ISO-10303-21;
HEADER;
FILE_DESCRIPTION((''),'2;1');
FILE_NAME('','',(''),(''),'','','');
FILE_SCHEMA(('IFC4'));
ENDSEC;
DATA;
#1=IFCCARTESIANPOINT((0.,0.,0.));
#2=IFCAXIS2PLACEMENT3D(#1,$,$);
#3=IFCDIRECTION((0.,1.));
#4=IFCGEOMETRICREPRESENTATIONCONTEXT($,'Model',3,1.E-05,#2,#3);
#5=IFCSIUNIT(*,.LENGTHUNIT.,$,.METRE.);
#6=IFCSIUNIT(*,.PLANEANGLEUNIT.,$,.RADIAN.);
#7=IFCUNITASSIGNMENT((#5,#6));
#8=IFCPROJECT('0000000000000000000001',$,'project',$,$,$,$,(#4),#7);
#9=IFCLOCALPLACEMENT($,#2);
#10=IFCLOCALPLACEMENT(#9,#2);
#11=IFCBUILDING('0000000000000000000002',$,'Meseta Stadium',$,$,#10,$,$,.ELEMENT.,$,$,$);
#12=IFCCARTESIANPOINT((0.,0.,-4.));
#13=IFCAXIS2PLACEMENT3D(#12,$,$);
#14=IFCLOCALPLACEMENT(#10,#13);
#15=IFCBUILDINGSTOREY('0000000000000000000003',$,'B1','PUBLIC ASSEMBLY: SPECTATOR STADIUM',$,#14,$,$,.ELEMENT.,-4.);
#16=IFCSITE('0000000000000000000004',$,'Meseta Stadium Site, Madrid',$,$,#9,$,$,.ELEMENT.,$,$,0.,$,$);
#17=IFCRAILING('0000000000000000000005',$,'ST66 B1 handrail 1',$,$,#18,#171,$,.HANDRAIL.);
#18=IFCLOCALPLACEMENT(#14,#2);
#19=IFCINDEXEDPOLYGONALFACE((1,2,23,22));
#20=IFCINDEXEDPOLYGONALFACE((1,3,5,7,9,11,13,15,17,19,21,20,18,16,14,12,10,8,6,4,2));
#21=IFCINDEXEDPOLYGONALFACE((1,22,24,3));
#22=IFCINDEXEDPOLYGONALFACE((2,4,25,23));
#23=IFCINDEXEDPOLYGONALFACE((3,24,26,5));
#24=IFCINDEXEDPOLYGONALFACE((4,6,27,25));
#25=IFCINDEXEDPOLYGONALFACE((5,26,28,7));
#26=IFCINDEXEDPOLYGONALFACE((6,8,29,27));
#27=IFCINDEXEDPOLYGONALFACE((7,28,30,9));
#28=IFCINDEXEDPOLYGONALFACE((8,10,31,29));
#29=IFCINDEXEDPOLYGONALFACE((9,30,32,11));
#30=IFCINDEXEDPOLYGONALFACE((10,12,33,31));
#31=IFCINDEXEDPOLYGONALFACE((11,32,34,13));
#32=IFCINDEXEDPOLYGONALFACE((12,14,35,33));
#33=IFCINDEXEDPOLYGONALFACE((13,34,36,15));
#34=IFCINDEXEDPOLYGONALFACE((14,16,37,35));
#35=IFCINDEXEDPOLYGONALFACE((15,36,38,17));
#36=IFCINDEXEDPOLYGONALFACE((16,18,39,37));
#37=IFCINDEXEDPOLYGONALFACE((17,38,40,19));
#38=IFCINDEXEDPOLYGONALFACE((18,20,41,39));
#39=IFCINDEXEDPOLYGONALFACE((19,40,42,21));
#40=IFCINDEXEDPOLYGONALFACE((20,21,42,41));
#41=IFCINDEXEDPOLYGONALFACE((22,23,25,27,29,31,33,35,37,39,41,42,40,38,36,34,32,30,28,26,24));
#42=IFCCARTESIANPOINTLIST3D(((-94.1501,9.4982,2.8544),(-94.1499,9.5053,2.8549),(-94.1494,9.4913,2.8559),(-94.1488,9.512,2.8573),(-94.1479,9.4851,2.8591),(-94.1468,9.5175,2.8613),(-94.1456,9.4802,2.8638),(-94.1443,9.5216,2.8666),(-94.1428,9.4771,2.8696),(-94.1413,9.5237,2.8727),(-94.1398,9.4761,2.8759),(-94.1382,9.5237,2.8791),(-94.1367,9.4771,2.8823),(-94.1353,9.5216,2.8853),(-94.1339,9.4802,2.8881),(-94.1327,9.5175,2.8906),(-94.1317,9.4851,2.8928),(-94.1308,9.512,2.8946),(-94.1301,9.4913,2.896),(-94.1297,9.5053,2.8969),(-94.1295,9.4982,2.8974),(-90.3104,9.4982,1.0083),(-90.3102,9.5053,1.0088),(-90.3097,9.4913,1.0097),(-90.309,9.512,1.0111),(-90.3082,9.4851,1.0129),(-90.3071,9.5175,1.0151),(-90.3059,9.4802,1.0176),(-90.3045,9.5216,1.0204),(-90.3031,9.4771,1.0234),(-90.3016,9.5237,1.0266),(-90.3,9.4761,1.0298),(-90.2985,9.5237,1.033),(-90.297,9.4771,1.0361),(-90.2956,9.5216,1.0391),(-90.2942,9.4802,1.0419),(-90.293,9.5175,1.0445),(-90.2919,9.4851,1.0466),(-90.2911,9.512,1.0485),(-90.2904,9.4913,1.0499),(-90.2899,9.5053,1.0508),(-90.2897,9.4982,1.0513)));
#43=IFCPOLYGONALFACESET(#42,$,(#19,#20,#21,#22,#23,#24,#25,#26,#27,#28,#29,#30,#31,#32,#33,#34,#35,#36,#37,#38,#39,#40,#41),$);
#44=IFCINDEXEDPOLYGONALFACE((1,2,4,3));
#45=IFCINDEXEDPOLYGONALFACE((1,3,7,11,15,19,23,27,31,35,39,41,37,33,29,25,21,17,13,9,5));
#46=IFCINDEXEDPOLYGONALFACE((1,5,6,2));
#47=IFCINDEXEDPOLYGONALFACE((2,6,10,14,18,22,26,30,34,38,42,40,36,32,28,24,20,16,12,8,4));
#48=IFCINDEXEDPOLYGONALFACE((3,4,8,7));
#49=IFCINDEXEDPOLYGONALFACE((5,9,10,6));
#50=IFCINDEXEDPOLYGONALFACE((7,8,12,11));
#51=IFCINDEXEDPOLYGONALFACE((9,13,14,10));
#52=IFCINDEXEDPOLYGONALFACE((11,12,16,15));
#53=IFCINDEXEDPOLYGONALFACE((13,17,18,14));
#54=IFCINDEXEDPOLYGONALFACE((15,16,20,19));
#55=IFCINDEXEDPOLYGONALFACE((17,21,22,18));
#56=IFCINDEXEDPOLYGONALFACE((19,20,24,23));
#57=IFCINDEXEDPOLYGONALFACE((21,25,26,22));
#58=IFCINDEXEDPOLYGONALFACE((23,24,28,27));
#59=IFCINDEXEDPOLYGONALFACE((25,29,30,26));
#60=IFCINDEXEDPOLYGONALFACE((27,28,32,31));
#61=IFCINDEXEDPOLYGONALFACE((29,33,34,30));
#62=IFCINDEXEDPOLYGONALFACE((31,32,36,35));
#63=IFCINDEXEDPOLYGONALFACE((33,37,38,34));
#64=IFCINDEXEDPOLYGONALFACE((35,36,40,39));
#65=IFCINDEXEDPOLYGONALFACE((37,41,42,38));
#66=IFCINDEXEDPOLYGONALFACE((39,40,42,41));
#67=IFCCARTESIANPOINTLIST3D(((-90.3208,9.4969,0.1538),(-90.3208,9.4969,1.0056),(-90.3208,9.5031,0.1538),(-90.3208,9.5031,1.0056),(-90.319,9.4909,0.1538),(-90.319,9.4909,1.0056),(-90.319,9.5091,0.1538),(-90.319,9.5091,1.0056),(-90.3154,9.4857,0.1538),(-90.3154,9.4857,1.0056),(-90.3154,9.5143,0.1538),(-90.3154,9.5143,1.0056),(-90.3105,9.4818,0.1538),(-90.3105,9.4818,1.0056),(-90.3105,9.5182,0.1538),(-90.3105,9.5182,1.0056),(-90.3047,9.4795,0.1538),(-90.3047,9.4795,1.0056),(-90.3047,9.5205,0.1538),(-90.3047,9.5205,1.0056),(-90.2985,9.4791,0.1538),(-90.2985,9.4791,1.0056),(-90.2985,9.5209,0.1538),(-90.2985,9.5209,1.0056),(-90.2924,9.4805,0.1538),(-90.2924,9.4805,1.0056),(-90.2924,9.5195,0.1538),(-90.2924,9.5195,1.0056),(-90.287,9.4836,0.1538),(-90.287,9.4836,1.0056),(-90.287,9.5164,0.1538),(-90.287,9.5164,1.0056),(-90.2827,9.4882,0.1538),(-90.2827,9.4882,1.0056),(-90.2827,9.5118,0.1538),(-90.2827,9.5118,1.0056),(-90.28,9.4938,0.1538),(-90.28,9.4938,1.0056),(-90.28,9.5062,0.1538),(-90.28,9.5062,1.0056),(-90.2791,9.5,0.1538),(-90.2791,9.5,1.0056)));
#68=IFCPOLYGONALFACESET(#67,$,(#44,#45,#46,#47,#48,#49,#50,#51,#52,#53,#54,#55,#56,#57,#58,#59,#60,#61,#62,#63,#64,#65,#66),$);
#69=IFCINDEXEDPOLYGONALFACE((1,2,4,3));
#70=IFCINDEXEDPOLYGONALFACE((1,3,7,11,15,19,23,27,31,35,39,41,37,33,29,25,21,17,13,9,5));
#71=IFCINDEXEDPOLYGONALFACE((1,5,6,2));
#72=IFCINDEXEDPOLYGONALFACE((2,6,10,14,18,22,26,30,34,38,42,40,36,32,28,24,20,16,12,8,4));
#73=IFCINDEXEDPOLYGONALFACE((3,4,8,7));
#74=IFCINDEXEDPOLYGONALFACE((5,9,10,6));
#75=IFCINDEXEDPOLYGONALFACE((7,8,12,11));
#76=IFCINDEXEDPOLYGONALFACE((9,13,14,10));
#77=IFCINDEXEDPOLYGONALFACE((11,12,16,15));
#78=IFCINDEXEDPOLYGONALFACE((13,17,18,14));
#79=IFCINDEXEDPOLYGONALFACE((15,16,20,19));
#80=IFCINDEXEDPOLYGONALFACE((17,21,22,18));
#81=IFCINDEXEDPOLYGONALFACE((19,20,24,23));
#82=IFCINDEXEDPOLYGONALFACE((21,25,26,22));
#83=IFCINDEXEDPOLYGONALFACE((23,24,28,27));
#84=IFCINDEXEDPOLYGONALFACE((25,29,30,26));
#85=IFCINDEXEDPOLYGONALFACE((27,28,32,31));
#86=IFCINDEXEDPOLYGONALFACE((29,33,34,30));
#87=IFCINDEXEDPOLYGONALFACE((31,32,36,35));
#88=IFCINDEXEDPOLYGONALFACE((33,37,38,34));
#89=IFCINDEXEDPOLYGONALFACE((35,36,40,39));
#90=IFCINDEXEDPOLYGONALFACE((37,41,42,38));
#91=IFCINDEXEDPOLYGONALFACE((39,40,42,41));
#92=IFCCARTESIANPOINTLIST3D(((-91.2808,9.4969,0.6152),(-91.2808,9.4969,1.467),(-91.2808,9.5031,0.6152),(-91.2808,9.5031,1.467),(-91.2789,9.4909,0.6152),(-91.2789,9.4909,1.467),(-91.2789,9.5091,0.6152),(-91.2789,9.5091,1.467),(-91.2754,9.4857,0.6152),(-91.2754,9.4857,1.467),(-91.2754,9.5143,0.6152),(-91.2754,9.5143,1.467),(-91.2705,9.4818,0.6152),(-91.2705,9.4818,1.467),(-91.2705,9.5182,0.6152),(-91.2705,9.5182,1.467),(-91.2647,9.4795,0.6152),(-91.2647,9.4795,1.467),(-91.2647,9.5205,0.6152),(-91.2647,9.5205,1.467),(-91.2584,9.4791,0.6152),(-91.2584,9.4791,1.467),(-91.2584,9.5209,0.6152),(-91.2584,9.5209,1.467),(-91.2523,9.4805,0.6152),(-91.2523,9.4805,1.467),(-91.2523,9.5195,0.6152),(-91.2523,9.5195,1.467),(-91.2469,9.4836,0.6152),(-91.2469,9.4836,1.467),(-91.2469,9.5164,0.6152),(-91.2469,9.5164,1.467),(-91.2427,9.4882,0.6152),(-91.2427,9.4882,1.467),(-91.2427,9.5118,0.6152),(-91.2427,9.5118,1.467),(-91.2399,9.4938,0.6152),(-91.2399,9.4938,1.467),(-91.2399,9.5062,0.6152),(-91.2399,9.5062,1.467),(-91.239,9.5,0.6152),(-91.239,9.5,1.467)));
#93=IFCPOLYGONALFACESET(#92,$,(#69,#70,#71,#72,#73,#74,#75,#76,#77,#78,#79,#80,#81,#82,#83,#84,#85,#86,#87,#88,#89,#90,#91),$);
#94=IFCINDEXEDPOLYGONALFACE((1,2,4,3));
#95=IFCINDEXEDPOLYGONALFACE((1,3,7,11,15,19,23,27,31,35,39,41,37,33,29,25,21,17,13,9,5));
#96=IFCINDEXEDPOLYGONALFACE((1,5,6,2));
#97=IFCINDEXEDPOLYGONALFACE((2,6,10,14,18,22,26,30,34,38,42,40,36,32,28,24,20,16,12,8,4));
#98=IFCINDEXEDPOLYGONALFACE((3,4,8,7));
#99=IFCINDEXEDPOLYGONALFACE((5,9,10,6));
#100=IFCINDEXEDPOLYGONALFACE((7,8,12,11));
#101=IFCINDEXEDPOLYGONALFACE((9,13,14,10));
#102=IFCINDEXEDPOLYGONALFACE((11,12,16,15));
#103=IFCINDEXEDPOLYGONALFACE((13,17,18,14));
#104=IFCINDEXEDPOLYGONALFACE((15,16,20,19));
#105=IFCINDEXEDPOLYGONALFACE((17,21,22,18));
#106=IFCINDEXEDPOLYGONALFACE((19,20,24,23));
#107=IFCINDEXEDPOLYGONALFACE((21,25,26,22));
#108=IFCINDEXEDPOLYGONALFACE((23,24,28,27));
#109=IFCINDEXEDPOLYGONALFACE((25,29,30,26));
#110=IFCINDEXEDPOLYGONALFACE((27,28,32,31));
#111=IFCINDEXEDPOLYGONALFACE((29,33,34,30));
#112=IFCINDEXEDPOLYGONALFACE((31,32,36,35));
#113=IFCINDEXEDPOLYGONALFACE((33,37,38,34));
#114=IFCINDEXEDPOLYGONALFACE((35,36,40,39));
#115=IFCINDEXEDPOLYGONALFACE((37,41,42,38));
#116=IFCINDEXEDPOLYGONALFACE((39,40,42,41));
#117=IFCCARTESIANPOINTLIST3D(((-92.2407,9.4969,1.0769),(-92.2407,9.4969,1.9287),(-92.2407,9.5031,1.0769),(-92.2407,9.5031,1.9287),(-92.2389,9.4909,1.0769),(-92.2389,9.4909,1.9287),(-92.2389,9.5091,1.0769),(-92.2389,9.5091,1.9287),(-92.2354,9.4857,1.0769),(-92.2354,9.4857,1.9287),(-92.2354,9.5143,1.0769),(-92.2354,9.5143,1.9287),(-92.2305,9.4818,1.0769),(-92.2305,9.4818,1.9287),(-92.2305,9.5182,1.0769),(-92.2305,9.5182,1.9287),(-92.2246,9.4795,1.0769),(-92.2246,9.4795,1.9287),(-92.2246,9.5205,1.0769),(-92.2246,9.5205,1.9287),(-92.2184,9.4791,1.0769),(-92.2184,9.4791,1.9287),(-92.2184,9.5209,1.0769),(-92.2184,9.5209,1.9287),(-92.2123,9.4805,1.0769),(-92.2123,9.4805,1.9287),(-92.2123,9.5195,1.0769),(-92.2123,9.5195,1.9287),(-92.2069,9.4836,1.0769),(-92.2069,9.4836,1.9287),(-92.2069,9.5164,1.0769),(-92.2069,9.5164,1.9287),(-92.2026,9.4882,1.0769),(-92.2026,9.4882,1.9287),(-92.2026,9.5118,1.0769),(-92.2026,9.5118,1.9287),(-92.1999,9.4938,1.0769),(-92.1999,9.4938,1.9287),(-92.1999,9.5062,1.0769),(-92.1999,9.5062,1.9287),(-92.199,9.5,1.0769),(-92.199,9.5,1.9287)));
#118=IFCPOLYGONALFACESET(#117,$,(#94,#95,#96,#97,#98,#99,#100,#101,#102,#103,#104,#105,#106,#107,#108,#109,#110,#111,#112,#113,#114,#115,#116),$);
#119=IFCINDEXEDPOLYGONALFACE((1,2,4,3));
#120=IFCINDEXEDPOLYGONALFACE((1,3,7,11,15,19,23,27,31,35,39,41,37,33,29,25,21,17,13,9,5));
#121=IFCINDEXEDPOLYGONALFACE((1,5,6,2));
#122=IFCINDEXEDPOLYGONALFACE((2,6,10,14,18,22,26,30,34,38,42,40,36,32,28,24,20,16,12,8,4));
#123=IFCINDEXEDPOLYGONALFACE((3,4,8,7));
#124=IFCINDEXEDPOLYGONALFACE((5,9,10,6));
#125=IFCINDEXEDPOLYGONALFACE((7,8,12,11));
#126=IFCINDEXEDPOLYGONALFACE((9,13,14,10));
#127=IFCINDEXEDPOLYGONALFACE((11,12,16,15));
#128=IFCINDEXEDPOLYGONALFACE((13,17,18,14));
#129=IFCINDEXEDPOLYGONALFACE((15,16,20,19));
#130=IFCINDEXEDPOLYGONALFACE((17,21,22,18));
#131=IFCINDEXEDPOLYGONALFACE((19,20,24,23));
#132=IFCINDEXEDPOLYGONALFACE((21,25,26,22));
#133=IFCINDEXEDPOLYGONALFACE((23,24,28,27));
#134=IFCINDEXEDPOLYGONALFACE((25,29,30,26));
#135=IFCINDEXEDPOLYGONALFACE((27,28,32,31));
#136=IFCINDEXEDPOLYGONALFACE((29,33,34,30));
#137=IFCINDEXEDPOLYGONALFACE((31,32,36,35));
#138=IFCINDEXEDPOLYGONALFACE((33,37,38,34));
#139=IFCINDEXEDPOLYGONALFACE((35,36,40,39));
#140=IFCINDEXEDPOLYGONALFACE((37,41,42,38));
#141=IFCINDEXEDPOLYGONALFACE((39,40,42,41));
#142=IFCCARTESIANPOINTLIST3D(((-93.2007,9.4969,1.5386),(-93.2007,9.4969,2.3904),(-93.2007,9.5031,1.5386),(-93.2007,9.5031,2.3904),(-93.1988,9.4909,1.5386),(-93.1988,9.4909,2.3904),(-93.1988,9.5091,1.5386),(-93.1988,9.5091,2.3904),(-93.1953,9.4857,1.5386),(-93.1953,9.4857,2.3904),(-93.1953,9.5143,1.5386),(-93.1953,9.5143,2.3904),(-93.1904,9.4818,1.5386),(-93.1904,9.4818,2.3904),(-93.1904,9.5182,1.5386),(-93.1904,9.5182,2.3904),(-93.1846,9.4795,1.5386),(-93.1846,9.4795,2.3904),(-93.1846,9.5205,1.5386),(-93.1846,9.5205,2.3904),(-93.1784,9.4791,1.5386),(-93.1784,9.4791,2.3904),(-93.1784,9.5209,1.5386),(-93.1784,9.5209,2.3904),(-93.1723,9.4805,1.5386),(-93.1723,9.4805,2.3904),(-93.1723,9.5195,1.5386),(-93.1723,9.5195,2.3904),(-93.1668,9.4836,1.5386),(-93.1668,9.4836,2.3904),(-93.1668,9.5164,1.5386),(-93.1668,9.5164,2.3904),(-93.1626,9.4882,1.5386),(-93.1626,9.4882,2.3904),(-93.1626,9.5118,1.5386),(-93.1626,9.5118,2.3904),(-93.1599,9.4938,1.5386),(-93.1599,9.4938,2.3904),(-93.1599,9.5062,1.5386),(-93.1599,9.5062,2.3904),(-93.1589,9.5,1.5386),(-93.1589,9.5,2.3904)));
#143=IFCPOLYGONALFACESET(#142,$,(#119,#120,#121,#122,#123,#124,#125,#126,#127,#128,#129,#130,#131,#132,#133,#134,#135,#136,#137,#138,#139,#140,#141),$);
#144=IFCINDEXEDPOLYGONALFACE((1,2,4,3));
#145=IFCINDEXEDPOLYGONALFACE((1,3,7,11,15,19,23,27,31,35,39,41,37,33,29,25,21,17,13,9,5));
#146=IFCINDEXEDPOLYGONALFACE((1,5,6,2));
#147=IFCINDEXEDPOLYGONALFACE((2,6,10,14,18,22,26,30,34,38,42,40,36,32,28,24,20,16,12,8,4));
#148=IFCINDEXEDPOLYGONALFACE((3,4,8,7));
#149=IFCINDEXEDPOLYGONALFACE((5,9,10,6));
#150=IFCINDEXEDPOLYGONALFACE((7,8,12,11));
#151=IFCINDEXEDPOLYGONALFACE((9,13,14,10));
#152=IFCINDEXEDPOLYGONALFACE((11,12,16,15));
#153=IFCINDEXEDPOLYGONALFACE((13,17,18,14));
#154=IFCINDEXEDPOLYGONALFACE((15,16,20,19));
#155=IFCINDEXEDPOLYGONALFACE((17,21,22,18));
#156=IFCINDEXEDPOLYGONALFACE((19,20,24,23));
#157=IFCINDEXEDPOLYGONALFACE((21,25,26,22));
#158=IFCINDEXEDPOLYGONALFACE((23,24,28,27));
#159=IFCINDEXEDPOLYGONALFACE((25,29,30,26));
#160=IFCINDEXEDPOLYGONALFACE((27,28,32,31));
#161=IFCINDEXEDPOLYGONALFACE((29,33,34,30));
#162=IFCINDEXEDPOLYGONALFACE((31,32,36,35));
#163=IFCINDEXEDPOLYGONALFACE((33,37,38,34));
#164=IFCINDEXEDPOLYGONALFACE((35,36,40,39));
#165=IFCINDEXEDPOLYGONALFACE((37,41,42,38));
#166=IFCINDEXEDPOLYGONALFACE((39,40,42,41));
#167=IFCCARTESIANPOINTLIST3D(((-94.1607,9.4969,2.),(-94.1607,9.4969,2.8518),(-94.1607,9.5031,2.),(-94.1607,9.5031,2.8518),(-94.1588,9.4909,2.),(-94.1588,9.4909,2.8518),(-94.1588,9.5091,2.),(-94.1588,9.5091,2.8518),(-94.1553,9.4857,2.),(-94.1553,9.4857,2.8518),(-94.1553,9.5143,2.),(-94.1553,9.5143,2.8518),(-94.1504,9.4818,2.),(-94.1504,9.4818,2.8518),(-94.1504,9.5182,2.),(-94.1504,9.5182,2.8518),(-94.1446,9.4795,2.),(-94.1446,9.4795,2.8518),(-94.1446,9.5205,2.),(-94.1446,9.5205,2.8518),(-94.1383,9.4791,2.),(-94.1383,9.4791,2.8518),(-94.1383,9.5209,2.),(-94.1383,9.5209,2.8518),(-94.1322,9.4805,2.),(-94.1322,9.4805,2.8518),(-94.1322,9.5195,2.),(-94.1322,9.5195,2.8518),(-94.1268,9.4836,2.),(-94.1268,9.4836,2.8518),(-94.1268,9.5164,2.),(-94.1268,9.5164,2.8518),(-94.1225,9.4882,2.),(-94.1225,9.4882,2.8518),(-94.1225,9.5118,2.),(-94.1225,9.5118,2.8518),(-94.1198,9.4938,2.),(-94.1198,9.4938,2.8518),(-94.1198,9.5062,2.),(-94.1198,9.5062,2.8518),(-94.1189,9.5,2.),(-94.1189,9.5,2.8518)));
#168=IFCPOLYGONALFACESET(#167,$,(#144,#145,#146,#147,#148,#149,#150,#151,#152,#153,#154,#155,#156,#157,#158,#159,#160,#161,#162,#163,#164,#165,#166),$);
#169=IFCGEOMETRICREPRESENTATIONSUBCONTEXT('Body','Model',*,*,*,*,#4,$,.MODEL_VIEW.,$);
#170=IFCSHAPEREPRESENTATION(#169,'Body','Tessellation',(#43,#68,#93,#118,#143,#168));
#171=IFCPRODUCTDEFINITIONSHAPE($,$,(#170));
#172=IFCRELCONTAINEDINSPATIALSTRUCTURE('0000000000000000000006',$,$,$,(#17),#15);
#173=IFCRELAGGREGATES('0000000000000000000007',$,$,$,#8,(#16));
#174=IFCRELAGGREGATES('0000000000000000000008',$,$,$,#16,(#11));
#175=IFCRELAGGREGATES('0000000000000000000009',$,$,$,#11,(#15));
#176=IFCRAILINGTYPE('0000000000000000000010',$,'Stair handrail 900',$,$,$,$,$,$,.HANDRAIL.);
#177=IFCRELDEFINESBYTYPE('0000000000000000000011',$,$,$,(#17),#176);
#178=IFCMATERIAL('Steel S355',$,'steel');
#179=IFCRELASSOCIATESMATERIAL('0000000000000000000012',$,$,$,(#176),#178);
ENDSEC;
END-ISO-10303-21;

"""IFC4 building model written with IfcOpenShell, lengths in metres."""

from ifc_helpers import new_model, si_unit, direction, frame, origin, origin_2d, place, context, subcontext, project, spatial, circle, extrude, material, type_object, element, save


model = new_model("IFC4")

# Units and contexts
model_context = context("Model", 3, precision=1e-05, world=origin(), true_north=direction((0.0, 1.0)))
body_context = subcontext(model_context, "Body", "Model", "MODEL_VIEW")
ifc_project = project(units=[si_unit("LENGTHUNIT", "METRE"), si_unit("PLANEANGLEUNIT", "RADIAN")], contexts=[model_context])

# Site, building, storey
site_placement = place(None, origin())
site = spatial("IfcSite", under=ifc_project, at=site_placement, Name="Meseta Stadium Site, Madrid", CompositionType="ELEMENT", RefElevation=0.0)
building_placement = place(site_placement, origin())
building = spatial("IfcBuilding", under=site, at=building_placement, Name="Meseta Stadium", CompositionType="ELEMENT")
storey_placement = place(building_placement, frame((0.0, 0.0, -4.0)))
storey = spatial("IfcBuildingStorey", under=building, at=storey_placement, Name="B1", Description="PUBLIC ASSEMBLY: SPECTATOR STADIUM", CompositionType="ELEMENT", Elevation=-4.0)

# Railing
ifc_material_1 = material(Name="Steel S355", Category="steel")
railing_type_1 = type_object("IfcRailingType", Name="Stair handrail 900", PredefinedType="HANDRAIL", material=ifc_material_1)
for number, where, name in (
    (1, (-90.3, 9.5, 0.1538), "ST66 B1 handrail 1"),
):
    element("IfcRailing", number, at=place(storey_placement, frame(where)), inside=storey, type_object=railing_type_1, Name=name, PredefinedType="HANDRAIL", context=body_context, shape_type="SweptSolid", body=[
        extrude(circle(Radius=0.0239, at=origin_2d()), frame((0.0, 0.0, 0.876), z_axis=(-0.901242, 0.0, 0.433316), x_axis=(0.0, -1.0, 0.0)), (0.0, 0.0, 1.0), 4.2605),
        extrude(circle(Radius=0.021, at=origin_2d()), origin(), (0.0, 0.0, 1.0), 0.8518),
        extrude(circle(Radius=0.021, at=origin_2d()), frame((-0.96, 0.0, 0.4614)), (0.0, 0.0, 1.0), 0.8518),
        extrude(circle(Radius=0.021, at=origin_2d()), frame((-1.9199, 0.0, 0.9231)), (0.0, 0.0, 1.0), 0.8518),
        extrude(circle(Radius=0.021, at=origin_2d()), frame((-2.8799, 0.0, 1.3848)), (0.0, 0.0, 1.0), 0.8518),
        extrude(circle(Radius=0.021, at=origin_2d()), frame((-3.8398, 0.0, 1.8462)), (0.0, 0.0, 1.0), 0.8518),
    ])

save(model, "model.ifc")
